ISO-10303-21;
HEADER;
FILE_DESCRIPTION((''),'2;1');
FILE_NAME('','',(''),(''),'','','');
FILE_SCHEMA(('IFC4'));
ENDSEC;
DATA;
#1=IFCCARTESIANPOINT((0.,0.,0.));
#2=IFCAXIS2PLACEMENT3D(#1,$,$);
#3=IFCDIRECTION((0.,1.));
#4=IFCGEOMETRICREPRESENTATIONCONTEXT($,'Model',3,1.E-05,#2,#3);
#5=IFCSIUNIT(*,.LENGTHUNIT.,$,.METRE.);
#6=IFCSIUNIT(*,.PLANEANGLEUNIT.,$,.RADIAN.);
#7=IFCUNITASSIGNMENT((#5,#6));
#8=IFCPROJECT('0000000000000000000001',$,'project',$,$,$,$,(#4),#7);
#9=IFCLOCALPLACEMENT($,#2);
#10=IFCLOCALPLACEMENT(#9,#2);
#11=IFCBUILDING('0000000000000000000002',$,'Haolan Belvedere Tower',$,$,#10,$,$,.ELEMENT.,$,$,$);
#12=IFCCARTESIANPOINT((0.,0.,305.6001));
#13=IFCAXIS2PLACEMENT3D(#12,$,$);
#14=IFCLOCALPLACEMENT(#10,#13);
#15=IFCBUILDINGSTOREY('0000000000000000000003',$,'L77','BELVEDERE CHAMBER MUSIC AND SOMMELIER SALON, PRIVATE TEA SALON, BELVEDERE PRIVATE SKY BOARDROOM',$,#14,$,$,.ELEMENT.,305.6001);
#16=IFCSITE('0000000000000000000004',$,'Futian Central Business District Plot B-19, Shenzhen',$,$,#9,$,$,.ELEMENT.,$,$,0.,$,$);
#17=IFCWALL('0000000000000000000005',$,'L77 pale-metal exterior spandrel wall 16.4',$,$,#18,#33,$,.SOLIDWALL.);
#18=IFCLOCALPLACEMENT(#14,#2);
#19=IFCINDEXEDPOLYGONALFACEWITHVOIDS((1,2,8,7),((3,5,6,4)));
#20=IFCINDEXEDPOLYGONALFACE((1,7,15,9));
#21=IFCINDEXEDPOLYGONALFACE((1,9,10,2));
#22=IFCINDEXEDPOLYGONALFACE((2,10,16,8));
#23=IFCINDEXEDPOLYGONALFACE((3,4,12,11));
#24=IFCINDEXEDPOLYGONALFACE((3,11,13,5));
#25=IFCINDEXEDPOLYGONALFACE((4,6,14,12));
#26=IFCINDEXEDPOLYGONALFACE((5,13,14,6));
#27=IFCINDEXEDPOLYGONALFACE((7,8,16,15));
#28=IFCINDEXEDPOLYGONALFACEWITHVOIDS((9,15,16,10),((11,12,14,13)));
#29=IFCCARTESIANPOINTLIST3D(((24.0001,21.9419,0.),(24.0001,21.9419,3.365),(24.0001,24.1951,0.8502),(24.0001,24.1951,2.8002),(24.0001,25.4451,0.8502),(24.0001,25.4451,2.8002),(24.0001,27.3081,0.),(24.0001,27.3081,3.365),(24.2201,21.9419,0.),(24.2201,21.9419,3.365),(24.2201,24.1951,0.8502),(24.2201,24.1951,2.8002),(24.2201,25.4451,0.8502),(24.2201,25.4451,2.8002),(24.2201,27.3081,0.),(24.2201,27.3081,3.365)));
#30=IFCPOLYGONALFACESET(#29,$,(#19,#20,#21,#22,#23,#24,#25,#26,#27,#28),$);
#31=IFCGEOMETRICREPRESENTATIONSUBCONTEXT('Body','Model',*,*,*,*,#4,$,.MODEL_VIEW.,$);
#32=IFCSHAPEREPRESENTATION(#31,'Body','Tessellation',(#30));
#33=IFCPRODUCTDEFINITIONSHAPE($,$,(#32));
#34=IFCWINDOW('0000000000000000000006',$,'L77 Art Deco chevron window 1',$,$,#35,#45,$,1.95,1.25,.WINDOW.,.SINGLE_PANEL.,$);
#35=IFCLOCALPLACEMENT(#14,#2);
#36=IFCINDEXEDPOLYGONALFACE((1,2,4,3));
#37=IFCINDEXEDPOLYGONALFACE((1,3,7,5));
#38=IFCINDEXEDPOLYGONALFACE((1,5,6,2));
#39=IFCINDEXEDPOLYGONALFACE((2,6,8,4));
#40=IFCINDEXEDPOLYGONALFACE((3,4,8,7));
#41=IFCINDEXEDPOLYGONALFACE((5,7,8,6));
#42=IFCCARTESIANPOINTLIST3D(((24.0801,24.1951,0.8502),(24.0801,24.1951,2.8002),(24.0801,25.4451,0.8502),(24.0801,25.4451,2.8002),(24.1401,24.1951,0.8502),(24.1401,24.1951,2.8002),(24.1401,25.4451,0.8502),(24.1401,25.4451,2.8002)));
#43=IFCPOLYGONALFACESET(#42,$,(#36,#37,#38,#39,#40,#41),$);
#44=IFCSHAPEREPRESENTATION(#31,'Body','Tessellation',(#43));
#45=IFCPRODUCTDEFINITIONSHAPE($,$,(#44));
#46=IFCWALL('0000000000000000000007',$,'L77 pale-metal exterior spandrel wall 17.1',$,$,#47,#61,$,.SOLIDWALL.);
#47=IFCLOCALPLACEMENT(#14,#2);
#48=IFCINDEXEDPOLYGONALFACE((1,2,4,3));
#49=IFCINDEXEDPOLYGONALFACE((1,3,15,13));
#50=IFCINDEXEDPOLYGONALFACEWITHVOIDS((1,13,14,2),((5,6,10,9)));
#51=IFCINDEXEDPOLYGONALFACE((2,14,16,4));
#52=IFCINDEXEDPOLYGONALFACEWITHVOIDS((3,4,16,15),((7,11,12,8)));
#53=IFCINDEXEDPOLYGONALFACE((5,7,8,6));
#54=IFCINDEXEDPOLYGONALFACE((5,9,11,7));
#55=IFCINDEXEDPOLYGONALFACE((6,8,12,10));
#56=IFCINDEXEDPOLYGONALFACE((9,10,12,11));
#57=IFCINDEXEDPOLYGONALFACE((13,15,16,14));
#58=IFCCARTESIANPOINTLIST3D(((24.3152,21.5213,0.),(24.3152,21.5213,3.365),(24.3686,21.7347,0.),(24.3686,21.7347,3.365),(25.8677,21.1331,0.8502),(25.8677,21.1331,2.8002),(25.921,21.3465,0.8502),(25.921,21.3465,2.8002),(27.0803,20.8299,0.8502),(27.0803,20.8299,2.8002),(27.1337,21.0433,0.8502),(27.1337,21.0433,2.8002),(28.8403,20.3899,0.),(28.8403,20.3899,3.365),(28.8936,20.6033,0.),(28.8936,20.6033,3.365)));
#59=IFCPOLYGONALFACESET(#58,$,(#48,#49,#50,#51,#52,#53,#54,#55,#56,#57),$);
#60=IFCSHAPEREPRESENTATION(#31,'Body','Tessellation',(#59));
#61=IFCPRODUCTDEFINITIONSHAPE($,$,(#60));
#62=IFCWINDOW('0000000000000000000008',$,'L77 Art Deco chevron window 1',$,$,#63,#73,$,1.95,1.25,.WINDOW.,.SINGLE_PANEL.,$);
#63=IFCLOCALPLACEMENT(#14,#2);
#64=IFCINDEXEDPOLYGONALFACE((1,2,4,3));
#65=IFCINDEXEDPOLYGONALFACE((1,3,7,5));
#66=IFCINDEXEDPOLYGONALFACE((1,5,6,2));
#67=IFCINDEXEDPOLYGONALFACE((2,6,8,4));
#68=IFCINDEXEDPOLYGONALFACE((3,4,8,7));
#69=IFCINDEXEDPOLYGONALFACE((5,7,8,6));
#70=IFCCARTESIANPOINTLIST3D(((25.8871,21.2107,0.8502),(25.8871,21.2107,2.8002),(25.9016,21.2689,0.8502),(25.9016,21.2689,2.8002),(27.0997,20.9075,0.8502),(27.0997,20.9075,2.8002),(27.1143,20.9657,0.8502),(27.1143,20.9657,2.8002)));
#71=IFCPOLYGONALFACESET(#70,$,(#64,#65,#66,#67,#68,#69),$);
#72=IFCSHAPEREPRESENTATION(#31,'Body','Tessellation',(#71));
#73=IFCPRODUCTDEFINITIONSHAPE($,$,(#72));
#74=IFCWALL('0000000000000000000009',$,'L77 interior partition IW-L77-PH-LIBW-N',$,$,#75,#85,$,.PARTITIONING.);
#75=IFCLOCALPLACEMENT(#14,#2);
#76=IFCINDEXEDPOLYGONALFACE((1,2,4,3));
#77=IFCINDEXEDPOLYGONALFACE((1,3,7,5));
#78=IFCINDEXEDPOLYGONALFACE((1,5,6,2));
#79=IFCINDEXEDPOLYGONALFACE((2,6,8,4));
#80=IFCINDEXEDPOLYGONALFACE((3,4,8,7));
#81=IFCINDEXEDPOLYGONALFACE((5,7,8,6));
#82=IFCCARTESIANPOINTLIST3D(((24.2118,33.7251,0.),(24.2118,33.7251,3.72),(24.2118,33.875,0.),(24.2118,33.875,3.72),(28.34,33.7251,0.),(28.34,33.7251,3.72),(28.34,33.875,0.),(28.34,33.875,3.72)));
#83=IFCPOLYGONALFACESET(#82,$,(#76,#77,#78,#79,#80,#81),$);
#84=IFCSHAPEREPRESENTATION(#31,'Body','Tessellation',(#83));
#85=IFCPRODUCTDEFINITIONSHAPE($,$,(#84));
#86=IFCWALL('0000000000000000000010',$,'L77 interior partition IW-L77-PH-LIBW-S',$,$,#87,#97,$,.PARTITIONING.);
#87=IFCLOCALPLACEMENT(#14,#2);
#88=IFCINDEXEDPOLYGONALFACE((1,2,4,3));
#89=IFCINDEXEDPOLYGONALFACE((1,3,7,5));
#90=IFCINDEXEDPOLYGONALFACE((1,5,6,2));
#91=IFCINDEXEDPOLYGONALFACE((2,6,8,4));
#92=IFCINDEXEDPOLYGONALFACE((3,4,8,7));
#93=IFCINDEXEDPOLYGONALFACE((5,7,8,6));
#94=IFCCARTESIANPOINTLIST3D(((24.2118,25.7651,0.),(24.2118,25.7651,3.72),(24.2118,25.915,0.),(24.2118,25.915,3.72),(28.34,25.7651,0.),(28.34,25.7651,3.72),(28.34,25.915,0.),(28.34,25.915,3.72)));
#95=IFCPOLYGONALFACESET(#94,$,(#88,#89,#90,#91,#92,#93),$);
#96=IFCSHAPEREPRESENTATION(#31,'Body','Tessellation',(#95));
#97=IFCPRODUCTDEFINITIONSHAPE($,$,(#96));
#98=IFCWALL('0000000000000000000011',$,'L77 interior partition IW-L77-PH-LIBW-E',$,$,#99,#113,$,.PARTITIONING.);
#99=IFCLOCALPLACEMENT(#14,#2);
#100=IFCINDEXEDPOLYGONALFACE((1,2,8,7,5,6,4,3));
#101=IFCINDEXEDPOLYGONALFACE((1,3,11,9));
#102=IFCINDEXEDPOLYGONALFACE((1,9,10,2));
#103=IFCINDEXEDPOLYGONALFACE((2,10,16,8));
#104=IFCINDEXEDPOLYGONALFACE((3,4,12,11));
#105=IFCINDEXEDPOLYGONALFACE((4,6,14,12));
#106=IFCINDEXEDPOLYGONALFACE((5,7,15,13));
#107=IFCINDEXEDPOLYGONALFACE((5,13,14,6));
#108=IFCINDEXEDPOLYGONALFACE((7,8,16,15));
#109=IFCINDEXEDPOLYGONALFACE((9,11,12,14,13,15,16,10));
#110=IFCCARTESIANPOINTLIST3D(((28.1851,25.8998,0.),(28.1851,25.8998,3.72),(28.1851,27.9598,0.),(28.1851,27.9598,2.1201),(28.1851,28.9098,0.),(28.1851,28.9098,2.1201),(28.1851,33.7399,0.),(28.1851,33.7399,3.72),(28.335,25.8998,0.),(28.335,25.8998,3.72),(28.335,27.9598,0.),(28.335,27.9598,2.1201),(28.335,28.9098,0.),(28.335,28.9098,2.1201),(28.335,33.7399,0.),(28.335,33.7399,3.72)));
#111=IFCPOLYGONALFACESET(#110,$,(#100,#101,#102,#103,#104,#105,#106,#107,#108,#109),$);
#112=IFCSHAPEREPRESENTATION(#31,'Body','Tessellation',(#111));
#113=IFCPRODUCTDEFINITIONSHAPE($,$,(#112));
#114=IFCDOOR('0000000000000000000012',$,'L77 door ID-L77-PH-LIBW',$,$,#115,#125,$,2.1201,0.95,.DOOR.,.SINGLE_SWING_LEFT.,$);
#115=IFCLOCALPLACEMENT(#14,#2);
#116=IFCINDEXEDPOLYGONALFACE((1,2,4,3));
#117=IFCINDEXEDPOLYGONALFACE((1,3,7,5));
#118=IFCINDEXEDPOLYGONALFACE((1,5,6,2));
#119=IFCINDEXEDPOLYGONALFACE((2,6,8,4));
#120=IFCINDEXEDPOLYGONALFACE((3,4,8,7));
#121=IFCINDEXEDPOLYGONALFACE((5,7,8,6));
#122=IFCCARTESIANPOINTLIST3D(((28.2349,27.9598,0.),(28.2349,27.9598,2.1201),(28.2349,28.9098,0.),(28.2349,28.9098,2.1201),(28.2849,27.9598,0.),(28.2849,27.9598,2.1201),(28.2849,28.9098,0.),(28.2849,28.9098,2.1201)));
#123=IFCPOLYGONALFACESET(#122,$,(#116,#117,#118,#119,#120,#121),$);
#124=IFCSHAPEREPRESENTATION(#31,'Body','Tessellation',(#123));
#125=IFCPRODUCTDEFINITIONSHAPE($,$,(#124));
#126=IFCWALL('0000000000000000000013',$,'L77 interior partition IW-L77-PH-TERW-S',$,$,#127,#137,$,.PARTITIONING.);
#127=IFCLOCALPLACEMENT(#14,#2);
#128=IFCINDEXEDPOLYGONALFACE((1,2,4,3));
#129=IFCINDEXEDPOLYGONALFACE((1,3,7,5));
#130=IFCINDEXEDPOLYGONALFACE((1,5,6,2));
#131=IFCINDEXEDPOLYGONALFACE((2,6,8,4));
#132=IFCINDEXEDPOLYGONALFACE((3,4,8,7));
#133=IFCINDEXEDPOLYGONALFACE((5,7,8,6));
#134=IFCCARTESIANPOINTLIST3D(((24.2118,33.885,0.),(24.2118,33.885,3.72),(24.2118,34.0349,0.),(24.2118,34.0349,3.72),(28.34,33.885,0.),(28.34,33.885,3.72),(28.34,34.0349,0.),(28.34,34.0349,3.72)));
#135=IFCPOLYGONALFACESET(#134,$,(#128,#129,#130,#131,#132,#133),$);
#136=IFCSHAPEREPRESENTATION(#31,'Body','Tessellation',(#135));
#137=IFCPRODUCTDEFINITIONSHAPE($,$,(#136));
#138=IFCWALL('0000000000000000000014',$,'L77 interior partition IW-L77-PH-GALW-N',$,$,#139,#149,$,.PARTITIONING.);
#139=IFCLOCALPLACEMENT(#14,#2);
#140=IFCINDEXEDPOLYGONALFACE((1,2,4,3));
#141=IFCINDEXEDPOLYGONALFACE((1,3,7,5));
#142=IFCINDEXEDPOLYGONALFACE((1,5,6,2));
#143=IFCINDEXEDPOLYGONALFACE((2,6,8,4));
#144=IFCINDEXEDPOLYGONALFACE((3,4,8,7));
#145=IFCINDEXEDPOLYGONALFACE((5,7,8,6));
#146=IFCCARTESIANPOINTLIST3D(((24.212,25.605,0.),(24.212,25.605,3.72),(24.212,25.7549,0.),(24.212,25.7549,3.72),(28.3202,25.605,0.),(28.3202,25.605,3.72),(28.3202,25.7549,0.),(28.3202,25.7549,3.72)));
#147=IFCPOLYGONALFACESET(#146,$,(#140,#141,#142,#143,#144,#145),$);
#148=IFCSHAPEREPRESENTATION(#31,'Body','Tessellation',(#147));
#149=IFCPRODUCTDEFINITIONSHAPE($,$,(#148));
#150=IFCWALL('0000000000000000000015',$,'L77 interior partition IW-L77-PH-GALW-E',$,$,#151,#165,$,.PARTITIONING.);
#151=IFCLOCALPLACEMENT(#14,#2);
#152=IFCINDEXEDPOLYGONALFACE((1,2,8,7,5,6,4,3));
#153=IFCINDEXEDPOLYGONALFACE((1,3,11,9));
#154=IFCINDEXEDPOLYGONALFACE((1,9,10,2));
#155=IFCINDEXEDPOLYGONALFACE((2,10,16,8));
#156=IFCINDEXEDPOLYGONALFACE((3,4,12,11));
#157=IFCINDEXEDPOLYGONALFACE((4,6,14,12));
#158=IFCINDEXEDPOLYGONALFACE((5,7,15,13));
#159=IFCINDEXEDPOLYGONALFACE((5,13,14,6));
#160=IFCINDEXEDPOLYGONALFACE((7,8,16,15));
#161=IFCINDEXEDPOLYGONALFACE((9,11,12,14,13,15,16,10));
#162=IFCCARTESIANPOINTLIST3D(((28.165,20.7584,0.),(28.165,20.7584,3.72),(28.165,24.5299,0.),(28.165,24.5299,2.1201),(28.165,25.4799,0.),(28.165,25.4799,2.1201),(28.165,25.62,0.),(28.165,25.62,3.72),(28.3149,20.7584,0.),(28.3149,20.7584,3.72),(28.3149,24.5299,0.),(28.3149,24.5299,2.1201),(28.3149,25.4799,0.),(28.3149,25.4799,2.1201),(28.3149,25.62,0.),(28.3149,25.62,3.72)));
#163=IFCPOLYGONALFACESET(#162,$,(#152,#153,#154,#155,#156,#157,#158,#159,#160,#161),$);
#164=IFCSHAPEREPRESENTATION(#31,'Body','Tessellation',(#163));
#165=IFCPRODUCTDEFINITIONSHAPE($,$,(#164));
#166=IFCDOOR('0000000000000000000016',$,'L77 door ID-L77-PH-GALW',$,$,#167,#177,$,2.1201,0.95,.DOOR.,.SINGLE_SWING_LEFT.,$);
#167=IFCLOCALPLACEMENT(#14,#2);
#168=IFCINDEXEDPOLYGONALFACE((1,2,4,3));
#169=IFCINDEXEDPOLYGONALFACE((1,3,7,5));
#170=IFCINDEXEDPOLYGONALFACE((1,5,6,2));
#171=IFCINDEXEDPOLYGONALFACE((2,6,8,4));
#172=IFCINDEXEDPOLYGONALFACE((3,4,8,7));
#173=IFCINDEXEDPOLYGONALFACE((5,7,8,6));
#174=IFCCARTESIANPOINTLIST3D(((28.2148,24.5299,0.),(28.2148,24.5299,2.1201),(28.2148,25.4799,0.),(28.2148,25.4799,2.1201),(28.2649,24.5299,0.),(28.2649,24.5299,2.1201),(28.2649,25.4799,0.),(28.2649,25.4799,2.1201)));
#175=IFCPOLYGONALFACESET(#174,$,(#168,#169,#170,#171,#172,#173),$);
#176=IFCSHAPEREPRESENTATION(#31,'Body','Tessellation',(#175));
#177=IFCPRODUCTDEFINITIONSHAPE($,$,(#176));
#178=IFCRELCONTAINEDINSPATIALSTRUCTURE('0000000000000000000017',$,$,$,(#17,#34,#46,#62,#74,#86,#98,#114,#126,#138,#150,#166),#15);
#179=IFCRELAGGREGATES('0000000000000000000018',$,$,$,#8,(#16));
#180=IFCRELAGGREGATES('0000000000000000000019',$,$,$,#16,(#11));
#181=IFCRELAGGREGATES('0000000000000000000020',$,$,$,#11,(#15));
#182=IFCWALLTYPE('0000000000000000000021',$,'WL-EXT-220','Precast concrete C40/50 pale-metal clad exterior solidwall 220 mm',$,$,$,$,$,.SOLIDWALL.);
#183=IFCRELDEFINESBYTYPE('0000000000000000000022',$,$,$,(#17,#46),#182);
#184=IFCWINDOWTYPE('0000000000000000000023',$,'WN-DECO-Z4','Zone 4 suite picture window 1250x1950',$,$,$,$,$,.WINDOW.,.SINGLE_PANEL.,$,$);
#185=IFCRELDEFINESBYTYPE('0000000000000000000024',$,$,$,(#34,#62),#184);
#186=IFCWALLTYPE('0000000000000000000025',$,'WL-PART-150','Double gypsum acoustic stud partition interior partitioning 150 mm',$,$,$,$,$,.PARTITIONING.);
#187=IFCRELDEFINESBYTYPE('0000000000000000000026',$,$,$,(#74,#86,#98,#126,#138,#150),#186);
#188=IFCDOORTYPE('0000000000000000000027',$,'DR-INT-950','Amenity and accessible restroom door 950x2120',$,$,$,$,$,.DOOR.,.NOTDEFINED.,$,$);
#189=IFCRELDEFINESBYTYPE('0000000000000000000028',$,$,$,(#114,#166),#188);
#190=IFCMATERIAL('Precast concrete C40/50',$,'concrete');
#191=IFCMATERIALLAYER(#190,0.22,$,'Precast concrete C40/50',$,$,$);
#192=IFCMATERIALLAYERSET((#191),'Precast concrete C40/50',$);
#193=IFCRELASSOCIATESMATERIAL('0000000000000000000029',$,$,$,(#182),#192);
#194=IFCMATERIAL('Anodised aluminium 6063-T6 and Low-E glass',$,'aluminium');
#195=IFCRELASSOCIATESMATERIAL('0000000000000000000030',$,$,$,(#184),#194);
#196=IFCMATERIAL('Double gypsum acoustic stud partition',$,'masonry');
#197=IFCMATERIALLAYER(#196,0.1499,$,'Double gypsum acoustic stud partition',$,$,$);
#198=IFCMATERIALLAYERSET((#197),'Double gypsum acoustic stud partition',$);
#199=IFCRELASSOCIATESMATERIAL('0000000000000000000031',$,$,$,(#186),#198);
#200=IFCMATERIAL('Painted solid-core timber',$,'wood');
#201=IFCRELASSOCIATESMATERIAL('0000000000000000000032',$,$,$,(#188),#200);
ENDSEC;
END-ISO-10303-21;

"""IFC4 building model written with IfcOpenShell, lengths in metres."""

from ifc_helpers import new_model, si_unit, direction, frame, frame_2d, origin, place, context, subcontext, project, spatial, rectangle, extrude, material, layer, layer_set, type_object, element, fill, save


model = new_model("IFC4")

# Units and contexts
model_context = context("Model", 3, precision=1e-05, world=origin(), true_north=direction((0.0, 1.0)))
body_context = subcontext(model_context, "Body", "Model", "MODEL_VIEW")
ifc_project = project(units=[si_unit("LENGTHUNIT", "METRE"), si_unit("PLANEANGLEUNIT", "RADIAN")], contexts=[model_context])

# Site, building, storey
site_placement = place(None, origin())
site = spatial("IfcSite", under=ifc_project, at=site_placement, Name="Futian Central Business District Plot B-19, Shenzhen", CompositionType="ELEMENT", RefElevation=0.0)
building_placement = place(site_placement, origin())
building = spatial("IfcBuilding", under=site, at=building_placement, Name="Haolan Belvedere Tower", CompositionType="ELEMENT")
storey_placement = place(building_placement, frame((0.0, 0.0, 305.6001)))
storey = spatial("IfcBuildingStorey", under=building, at=storey_placement, Name="L77", Description="BELVEDERE CHAMBER MUSIC AND SOMMELIER SALON, PRIVATE TEA SALON, BELVEDERE PRIVATE SKY BOARDROOM", CompositionType="ELEMENT", Elevation=305.6001)

# Walls, openings, windows
ifc_material_1 = material(Name="Precast concrete C40/50", Category="concrete")
ifc_layer_1 = layer(ifc_material_1, 0.22, Name="Precast concrete C40/50")
ifc_layer_set_1 = layer_set([ifc_layer_1], Name="Precast concrete C40/50")
wall_type_1 = type_object("IfcWallType", Name="WL-EXT-220", Description="Precast concrete C40/50 pale-metal clad exterior solidwall 220 mm", PredefinedType="SOLIDWALL", material=ifc_layer_set_1)
ifc_material_2 = material(Name="Anodised aluminium 6063-T6 and Low-E glass", Category="aluminium")
window_type = type_object("IfcWindowType", Name="WN-DECO-Z4", Description="Zone 4 suite picture window 1250x1950", PartitioningType="SINGLE_PANEL", PredefinedType="WINDOW", material=ifc_material_2)
wall_1_placement = place(storey_placement, frame((24.1101, 27.3081, 0.0), z_axis=(0.0, 0.0, 1.0), x_axis=(0.0, -1.0, 0.0)))
wall_1 = element("IfcWall", 1, at=wall_1_placement, inside=storey, type_object=wall_type_1, Name="L77 pale-metal exterior spandrel wall 16.4", PredefinedType="SOLIDWALL", context=body_context, shape_type="SweptSolid", body=[
    extrude(rectangle(XDim=5.3662, YDim=0.22, at=frame_2d((2.6831, 0.0))), origin(), (0.0, 0.0, 1.0), 3.365),
])
opening_1_placement = place(wall_1_placement, frame((1.863, 0.0, 0.8501)))
opening_1 = element("IfcOpeningElement", 2, at=opening_1_placement, cuts=wall_1, PredefinedType="OPENING", context=body_context, shape_type="SweptSolid", body=[
    extrude(rectangle(XDim=1.25, YDim=1.95, at=frame_2d((0.625, 0.9751))), frame((0.0, 0.1199, 0.0), z_axis=(0.0, -1.0, 0.0), x_axis=(1.0, 0.0, 0.0)), (0.0, 0.0, 1.0), 0.24),
])
window_1_placement = place(opening_1_placement, origin())
window_1 = element("IfcWindow", 3, at=window_1_placement, inside=storey, type_object=window_type, Name="L77 Art Deco chevron window 1", OverallHeight=1.95, OverallWidth=1.25, PartitioningType="SINGLE_PANEL", PredefinedType="WINDOW", context=body_context, shape_type="SweptSolid", body=[
    extrude(rectangle(XDim=1.25, YDim=1.95, at=frame_2d((0.625, 0.9751))), frame((0.0, 0.03, 0.0), z_axis=(0.0, -1.0, 0.0), x_axis=(1.0, 0.0, 0.0)), (0.0, 0.0, 1.0), 0.0601),
])
fill(opening_1, window_1)
wall_2_placement = place(storey_placement, frame((24.342, 21.6279, 0.0), z_axis=(0.0, 0.0, 1.0), x_axis=(0.970136, -0.24256, 0.0)))
wall_2 = element("IfcWall", 4, at=wall_2_placement, inside=storey, type_object=wall_type_1, Name="L77 pale-metal exterior spandrel wall 17.1", PredefinedType="SOLIDWALL", context=body_context, shape_type="SweptSolid", body=[
    extrude(rectangle(XDim=4.6643, YDim=0.22, at=frame_2d((2.332, 0.0))), origin(), (0.0, 0.0, 1.0), 3.365),
])
opening_2_placement = place(wall_2_placement, frame((1.6001, 0.0, 0.8501)))
opening_2 = element("IfcOpeningElement", 5, at=opening_2_placement, cuts=wall_2, PredefinedType="OPENING", context=body_context, shape_type="SweptSolid", body=[
    extrude(rectangle(XDim=1.25, YDim=1.95, at=frame_2d((0.625, 0.9751))), frame((0.0, 0.1199, 0.0), z_axis=(0.0, -1.0, 0.0), x_axis=(1.0, 0.0, 0.0)), (0.0, 0.0, 1.0), 0.24),
])
window_2_placement = place(opening_2_placement, origin())
window_2 = element("IfcWindow", 6, at=window_2_placement, inside=storey, type_object=window_type, Name="L77 Art Deco chevron window 1", OverallHeight=1.95, OverallWidth=1.25, PartitioningType="SINGLE_PANEL", PredefinedType="WINDOW", context=body_context, shape_type="SweptSolid", body=[
    extrude(rectangle(XDim=1.25, YDim=1.95, at=frame_2d((0.625, 0.9751))), frame((0.0, 0.03, 0.0), z_axis=(0.0, -1.0, 0.0), x_axis=(1.0, 0.0, 0.0)), (0.0, 0.0, 1.0), 0.0601),
])
fill(opening_2, window_2)

# Walls
ifc_material_3 = material(Name="Double gypsum acoustic stud partition", Category="masonry")
ifc_layer_2 = layer(ifc_material_3, 0.1499, Name="Double gypsum acoustic stud partition")
ifc_layer_set_2 = layer_set([ifc_layer_2], Name="Double gypsum acoustic stud partition")
wall_type_2 = type_object("IfcWallType", Name="WL-PART-150", Description="Double gypsum acoustic stud partition interior partitioning 150 mm", PredefinedType="PARTITIONING", material=ifc_layer_set_2)
for number, where, z_axis, x_axis, name in (
    (7, (24.2119, 33.8, 0.0), (0.0, 0.0, 1.0), (1.0, 0.0, 0.0), "L77 interior partition IW-L77-PH-LIBW-N"),
    (8, (24.2119, 25.8401, 0.0), (0.0, 0.0, 1.0), (1.0, 0.0, 0.0), "L77 interior partition IW-L77-PH-LIBW-S"),
):
    element("IfcWall", number, at=place(storey_placement, frame(where, z_axis=z_axis, x_axis=x_axis)), inside=storey, type_object=wall_type_2, Name=name, PredefinedType="PARTITIONING", context=body_context, shape_type="SweptSolid", body=[
        extrude(rectangle(XDim=4.1282, YDim=0.1499, at=frame_2d((2.064, 0.0))), origin(), (0.0, 0.0, 1.0), 3.72),
    ])

# Wall, opening, door
wall_3_placement = place(storey_placement, frame((28.26, 25.8999, 0.0), z_axis=(0.0, 0.0, 1.0), x_axis=(0.0, 1.0, 0.0)))
wall_3 = element("IfcWall", 9, at=wall_3_placement, inside=storey, type_object=wall_type_2, Name="L77 interior partition IW-L77-PH-LIBW-E", PredefinedType="PARTITIONING", context=body_context, shape_type="SweptSolid", body=[
    extrude(rectangle(XDim=7.8401, YDim=0.1499, at=frame_2d((3.9199, 0.0))), origin(), (0.0, 0.0, 1.0), 3.72),
])
opening_3_placement = place(wall_3_placement, frame((3.01, 0.0, 0.0), z_axis=(0.0, 0.0, 1.0), x_axis=(-1.0, 0.0, 0.0)))
opening_3 = element("IfcOpeningElement", 10, at=opening_3_placement, cuts=wall_3, PredefinedType="OPENING", context=body_context, shape_type="SweptSolid", body=[
    extrude(rectangle(XDim=0.95, YDim=2.1201, at=frame_2d((0.4751, 1.0601))), frame((0.0, 0.085, 0.0), z_axis=(0.0, -1.0, 0.0), x_axis=(1.0, 0.0, 0.0)), (0.0, 0.0, 1.0), 0.1699),
])
ifc_material_4 = material(Name="Painted solid-core timber", Category="wood")
door_type = type_object("IfcDoorType", Name="DR-INT-950", Description="Amenity and accessible restroom door 950x2120", OperationType="NOTDEFINED", PredefinedType="DOOR", material=ifc_material_4)
door_1_placement = place(opening_3_placement, origin())
door_1 = element("IfcDoor", 11, at=door_1_placement, inside=storey, type_object=door_type, Name="L77 door ID-L77-PH-LIBW", OperationType="SINGLE_SWING_LEFT", OverallHeight=2.1201, OverallWidth=0.95, PredefinedType="DOOR", context=body_context, shape_type="SweptSolid", body=[
    extrude(rectangle(XDim=0.95, YDim=2.1201, at=frame_2d((0.4751, 1.0601))), frame((0.0, 0.0249, 0.0), z_axis=(0.0, -1.0, 0.0), x_axis=(1.0, 0.0, 0.0)), (0.0, 0.0, 1.0), 0.05),
])
fill(opening_3, door_1)

# Walls
wall_4_placement = place(storey_placement, frame((24.2119, 33.96, 0.0), z_axis=(0.0, 0.0, 1.0), x_axis=(1.0, 0.0, 0.0)))
element("IfcWall", 12, at=wall_4_placement, inside=storey, type_object=wall_type_2, Name="L77 interior partition IW-L77-PH-TERW-S", PredefinedType="PARTITIONING", context=body_context, shape_type="SweptSolid", body=[
    extrude(rectangle(XDim=4.1282, YDim=0.1499, at=frame_2d((2.064, 0.0))), origin(), (0.0, 0.0, 1.0), 3.72),
])
wall_5_placement = place(storey_placement, frame((24.2119, 25.6799, 0.0), z_axis=(0.0, 0.0, 1.0), x_axis=(1.0, 0.0, 0.0)))
element("IfcWall", 13, at=wall_5_placement, inside=storey, type_object=wall_type_2, Name="L77 interior partition IW-L77-PH-GALW-N", PredefinedType="PARTITIONING", context=body_context, shape_type="SweptSolid", body=[
    extrude(rectangle(XDim=4.1082, YDim=0.1499, at=frame_2d((2.0542, 0.0))), origin(), (0.0, 0.0, 1.0), 3.72),
])

# Wall, opening, door
wall_6_placement = place(storey_placement, frame((28.24, 20.7585, 0.0), z_axis=(0.0, 0.0, 1.0), x_axis=(0.0, 1.0, 0.0)))
wall_6 = element("IfcWall", 14, at=wall_6_placement, inside=storey, type_object=wall_type_2, Name="L77 interior partition IW-L77-PH-GALW-E", PredefinedType="PARTITIONING", context=body_context, shape_type="SweptSolid", body=[
    extrude(rectangle(XDim=4.8616, YDim=0.1499, at=frame_2d((2.4307, 0.0))), origin(), (0.0, 0.0, 1.0), 3.72),
])
opening_4_placement = place(wall_6_placement, frame((4.7214, 0.0, 0.0), z_axis=(0.0, 0.0, 1.0), x_axis=(-1.0, 0.0, 0.0)))
opening_4 = element("IfcOpeningElement", 15, at=opening_4_placement, cuts=wall_6, PredefinedType="OPENING", context=body_context, shape_type="SweptSolid", body=[
    extrude(rectangle(XDim=0.95, YDim=2.1201, at=frame_2d((0.4751, 1.0601))), frame((0.0, 0.085, 0.0), z_axis=(0.0, -1.0, 0.0), x_axis=(1.0, 0.0, 0.0)), (0.0, 0.0, 1.0), 0.1699),
])
door_2_placement = place(opening_4_placement, origin())
door_2 = element("IfcDoor", 16, at=door_2_placement, inside=storey, type_object=door_type, Name="L77 door ID-L77-PH-GALW", OperationType="SINGLE_SWING_LEFT", OverallHeight=2.1201, OverallWidth=0.95, PredefinedType="DOOR", context=body_context, shape_type="SweptSolid", body=[
    extrude(rectangle(XDim=0.95, YDim=2.1201, at=frame_2d((0.4751, 1.0601))), frame((0.0, 0.0249, 0.0), z_axis=(0.0, -1.0, 0.0), x_axis=(1.0, 0.0, 0.0)), (0.0, 0.0, 1.0), 0.05),
])
fill(opening_4, door_2)

save(model, "model.ifc")
